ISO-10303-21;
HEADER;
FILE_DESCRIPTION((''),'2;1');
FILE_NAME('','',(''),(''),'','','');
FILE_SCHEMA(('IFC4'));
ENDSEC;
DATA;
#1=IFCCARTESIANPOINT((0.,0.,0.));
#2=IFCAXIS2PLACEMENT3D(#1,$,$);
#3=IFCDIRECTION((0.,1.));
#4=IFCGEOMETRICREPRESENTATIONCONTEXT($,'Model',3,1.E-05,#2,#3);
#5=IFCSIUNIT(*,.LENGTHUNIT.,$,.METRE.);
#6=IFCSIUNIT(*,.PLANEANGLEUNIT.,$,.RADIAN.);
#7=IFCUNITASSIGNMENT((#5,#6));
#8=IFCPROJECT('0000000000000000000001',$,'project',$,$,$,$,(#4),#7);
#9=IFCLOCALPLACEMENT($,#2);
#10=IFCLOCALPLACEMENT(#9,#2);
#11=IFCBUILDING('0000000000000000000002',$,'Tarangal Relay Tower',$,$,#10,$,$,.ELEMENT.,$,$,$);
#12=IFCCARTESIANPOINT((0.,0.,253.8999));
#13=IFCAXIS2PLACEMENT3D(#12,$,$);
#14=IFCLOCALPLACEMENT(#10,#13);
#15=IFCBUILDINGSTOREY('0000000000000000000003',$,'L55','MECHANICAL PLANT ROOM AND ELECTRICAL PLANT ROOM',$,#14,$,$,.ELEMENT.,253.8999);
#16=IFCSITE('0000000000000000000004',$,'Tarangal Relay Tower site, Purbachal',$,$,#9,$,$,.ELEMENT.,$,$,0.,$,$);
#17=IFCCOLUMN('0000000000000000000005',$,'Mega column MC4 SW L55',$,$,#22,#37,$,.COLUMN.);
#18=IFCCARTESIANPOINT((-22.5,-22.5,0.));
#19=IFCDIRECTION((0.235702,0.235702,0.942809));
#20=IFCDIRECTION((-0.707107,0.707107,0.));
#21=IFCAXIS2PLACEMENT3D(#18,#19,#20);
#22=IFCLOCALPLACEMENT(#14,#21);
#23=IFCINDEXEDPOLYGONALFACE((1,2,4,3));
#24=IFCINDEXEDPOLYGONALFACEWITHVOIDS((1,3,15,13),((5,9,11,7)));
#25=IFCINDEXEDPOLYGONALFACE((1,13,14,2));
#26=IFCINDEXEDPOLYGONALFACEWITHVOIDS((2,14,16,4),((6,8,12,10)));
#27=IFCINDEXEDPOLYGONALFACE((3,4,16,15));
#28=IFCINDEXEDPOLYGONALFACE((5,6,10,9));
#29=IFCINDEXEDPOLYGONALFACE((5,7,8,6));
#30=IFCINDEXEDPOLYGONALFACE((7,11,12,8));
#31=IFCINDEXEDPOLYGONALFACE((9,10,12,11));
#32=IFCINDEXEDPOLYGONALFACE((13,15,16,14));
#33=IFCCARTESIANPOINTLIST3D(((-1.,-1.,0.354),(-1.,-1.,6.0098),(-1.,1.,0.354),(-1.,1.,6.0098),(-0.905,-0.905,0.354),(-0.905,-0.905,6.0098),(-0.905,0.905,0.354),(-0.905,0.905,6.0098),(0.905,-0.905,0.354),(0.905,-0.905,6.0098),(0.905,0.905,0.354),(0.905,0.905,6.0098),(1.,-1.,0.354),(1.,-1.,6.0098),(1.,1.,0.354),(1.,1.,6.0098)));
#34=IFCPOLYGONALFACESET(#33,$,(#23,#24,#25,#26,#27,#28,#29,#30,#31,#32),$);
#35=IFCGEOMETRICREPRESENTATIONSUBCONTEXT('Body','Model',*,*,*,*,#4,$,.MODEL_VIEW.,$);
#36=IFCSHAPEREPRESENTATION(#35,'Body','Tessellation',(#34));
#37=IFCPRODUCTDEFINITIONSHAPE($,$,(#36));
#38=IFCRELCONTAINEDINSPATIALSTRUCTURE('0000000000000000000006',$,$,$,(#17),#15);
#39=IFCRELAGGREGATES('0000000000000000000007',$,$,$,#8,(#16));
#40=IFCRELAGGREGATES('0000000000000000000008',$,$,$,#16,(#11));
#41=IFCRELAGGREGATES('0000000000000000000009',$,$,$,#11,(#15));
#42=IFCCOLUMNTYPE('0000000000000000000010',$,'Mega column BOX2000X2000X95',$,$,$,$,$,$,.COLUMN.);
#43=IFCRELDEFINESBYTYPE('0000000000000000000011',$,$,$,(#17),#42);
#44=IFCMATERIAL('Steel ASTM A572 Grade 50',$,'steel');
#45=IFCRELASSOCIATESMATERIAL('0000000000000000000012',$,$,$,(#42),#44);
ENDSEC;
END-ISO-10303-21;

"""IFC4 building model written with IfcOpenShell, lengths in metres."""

from ifc_helpers import new_model, si_unit, direction, frame, origin, origin_2d, place, context, subcontext, project, spatial, hollow_rectangle, extrude, clip, halfspace, material, material_profile, profile_set, type_object, element, save


model = new_model("IFC4")

# Units and contexts
model_context = context("Model", 3, precision=1e-05, world=origin(), true_north=direction((0.0, 1.0)))
body_context = subcontext(model_context, "Body", "Model", "MODEL_VIEW")
ifc_project = project(units=[si_unit("LENGTHUNIT", "METRE"), si_unit("PLANEANGLEUNIT", "RADIAN")], contexts=[model_context])

# Site, building, storey
site_placement = place(None, origin())
site = spatial("IfcSite", under=ifc_project, at=site_placement, Name="Tarangal Relay Tower site, Purbachal", CompositionType="ELEMENT", RefElevation=0.0)
building_placement = place(site_placement, origin())
building = spatial("IfcBuilding", under=site, at=building_placement, Name="Tarangal Relay Tower", CompositionType="ELEMENT")
storey_placement = place(building_placement, frame((0.0, 0.0, 253.8999)))
storey = spatial("IfcBuildingStorey", under=building, at=storey_placement, Name="L55", Description="MECHANICAL PLANT ROOM AND ELECTRICAL PLANT ROOM", CompositionType="ELEMENT", Elevation=253.8999)

# Column
ifc_material_1 = material(Name="Steel ASTM A572 Grade 50", Category="steel")
ifc_material_profile_1 = material_profile(ifc_material_1, hollow_rectangle(XDim=2.0, YDim=2.0, WallThickness=0.095, at=origin_2d()), Name="BOX2000X2000X95")
ifc_profile_set_1 = profile_set([ifc_material_profile_1], Name="Steel ASTM A572 Grade 50")
column_type = type_object("IfcColumnType", Name="Mega column BOX2000X2000X95", PredefinedType="COLUMN", material=ifc_profile_set_1)
column_placement = place(storey_placement, frame((-22.5, -22.5, 0.0), z_axis=(0.235702, 0.235702, 0.942809), x_axis=(-0.707107, 0.707107, 0.0)))
element("IfcColumn", 1, at=column_placement, inside=storey, type_object=column_type, Name="Mega column MC4 SW L55", PredefinedType="COLUMN", context=body_context, shape_type="Clipping", body=[
    clip(clip(extrude(hollow_rectangle(XDim=2.0, YDim=2.0, WallThickness=0.095, at=origin_2d()), origin(), (0.0, 0.0, 1.0), 6.364), halfspace(frame((0.0, 0.0, 0.354)), True)), halfspace(frame((0.0, 0.0, 6.0098)), False)),
])

save(model, "model.ifc")
